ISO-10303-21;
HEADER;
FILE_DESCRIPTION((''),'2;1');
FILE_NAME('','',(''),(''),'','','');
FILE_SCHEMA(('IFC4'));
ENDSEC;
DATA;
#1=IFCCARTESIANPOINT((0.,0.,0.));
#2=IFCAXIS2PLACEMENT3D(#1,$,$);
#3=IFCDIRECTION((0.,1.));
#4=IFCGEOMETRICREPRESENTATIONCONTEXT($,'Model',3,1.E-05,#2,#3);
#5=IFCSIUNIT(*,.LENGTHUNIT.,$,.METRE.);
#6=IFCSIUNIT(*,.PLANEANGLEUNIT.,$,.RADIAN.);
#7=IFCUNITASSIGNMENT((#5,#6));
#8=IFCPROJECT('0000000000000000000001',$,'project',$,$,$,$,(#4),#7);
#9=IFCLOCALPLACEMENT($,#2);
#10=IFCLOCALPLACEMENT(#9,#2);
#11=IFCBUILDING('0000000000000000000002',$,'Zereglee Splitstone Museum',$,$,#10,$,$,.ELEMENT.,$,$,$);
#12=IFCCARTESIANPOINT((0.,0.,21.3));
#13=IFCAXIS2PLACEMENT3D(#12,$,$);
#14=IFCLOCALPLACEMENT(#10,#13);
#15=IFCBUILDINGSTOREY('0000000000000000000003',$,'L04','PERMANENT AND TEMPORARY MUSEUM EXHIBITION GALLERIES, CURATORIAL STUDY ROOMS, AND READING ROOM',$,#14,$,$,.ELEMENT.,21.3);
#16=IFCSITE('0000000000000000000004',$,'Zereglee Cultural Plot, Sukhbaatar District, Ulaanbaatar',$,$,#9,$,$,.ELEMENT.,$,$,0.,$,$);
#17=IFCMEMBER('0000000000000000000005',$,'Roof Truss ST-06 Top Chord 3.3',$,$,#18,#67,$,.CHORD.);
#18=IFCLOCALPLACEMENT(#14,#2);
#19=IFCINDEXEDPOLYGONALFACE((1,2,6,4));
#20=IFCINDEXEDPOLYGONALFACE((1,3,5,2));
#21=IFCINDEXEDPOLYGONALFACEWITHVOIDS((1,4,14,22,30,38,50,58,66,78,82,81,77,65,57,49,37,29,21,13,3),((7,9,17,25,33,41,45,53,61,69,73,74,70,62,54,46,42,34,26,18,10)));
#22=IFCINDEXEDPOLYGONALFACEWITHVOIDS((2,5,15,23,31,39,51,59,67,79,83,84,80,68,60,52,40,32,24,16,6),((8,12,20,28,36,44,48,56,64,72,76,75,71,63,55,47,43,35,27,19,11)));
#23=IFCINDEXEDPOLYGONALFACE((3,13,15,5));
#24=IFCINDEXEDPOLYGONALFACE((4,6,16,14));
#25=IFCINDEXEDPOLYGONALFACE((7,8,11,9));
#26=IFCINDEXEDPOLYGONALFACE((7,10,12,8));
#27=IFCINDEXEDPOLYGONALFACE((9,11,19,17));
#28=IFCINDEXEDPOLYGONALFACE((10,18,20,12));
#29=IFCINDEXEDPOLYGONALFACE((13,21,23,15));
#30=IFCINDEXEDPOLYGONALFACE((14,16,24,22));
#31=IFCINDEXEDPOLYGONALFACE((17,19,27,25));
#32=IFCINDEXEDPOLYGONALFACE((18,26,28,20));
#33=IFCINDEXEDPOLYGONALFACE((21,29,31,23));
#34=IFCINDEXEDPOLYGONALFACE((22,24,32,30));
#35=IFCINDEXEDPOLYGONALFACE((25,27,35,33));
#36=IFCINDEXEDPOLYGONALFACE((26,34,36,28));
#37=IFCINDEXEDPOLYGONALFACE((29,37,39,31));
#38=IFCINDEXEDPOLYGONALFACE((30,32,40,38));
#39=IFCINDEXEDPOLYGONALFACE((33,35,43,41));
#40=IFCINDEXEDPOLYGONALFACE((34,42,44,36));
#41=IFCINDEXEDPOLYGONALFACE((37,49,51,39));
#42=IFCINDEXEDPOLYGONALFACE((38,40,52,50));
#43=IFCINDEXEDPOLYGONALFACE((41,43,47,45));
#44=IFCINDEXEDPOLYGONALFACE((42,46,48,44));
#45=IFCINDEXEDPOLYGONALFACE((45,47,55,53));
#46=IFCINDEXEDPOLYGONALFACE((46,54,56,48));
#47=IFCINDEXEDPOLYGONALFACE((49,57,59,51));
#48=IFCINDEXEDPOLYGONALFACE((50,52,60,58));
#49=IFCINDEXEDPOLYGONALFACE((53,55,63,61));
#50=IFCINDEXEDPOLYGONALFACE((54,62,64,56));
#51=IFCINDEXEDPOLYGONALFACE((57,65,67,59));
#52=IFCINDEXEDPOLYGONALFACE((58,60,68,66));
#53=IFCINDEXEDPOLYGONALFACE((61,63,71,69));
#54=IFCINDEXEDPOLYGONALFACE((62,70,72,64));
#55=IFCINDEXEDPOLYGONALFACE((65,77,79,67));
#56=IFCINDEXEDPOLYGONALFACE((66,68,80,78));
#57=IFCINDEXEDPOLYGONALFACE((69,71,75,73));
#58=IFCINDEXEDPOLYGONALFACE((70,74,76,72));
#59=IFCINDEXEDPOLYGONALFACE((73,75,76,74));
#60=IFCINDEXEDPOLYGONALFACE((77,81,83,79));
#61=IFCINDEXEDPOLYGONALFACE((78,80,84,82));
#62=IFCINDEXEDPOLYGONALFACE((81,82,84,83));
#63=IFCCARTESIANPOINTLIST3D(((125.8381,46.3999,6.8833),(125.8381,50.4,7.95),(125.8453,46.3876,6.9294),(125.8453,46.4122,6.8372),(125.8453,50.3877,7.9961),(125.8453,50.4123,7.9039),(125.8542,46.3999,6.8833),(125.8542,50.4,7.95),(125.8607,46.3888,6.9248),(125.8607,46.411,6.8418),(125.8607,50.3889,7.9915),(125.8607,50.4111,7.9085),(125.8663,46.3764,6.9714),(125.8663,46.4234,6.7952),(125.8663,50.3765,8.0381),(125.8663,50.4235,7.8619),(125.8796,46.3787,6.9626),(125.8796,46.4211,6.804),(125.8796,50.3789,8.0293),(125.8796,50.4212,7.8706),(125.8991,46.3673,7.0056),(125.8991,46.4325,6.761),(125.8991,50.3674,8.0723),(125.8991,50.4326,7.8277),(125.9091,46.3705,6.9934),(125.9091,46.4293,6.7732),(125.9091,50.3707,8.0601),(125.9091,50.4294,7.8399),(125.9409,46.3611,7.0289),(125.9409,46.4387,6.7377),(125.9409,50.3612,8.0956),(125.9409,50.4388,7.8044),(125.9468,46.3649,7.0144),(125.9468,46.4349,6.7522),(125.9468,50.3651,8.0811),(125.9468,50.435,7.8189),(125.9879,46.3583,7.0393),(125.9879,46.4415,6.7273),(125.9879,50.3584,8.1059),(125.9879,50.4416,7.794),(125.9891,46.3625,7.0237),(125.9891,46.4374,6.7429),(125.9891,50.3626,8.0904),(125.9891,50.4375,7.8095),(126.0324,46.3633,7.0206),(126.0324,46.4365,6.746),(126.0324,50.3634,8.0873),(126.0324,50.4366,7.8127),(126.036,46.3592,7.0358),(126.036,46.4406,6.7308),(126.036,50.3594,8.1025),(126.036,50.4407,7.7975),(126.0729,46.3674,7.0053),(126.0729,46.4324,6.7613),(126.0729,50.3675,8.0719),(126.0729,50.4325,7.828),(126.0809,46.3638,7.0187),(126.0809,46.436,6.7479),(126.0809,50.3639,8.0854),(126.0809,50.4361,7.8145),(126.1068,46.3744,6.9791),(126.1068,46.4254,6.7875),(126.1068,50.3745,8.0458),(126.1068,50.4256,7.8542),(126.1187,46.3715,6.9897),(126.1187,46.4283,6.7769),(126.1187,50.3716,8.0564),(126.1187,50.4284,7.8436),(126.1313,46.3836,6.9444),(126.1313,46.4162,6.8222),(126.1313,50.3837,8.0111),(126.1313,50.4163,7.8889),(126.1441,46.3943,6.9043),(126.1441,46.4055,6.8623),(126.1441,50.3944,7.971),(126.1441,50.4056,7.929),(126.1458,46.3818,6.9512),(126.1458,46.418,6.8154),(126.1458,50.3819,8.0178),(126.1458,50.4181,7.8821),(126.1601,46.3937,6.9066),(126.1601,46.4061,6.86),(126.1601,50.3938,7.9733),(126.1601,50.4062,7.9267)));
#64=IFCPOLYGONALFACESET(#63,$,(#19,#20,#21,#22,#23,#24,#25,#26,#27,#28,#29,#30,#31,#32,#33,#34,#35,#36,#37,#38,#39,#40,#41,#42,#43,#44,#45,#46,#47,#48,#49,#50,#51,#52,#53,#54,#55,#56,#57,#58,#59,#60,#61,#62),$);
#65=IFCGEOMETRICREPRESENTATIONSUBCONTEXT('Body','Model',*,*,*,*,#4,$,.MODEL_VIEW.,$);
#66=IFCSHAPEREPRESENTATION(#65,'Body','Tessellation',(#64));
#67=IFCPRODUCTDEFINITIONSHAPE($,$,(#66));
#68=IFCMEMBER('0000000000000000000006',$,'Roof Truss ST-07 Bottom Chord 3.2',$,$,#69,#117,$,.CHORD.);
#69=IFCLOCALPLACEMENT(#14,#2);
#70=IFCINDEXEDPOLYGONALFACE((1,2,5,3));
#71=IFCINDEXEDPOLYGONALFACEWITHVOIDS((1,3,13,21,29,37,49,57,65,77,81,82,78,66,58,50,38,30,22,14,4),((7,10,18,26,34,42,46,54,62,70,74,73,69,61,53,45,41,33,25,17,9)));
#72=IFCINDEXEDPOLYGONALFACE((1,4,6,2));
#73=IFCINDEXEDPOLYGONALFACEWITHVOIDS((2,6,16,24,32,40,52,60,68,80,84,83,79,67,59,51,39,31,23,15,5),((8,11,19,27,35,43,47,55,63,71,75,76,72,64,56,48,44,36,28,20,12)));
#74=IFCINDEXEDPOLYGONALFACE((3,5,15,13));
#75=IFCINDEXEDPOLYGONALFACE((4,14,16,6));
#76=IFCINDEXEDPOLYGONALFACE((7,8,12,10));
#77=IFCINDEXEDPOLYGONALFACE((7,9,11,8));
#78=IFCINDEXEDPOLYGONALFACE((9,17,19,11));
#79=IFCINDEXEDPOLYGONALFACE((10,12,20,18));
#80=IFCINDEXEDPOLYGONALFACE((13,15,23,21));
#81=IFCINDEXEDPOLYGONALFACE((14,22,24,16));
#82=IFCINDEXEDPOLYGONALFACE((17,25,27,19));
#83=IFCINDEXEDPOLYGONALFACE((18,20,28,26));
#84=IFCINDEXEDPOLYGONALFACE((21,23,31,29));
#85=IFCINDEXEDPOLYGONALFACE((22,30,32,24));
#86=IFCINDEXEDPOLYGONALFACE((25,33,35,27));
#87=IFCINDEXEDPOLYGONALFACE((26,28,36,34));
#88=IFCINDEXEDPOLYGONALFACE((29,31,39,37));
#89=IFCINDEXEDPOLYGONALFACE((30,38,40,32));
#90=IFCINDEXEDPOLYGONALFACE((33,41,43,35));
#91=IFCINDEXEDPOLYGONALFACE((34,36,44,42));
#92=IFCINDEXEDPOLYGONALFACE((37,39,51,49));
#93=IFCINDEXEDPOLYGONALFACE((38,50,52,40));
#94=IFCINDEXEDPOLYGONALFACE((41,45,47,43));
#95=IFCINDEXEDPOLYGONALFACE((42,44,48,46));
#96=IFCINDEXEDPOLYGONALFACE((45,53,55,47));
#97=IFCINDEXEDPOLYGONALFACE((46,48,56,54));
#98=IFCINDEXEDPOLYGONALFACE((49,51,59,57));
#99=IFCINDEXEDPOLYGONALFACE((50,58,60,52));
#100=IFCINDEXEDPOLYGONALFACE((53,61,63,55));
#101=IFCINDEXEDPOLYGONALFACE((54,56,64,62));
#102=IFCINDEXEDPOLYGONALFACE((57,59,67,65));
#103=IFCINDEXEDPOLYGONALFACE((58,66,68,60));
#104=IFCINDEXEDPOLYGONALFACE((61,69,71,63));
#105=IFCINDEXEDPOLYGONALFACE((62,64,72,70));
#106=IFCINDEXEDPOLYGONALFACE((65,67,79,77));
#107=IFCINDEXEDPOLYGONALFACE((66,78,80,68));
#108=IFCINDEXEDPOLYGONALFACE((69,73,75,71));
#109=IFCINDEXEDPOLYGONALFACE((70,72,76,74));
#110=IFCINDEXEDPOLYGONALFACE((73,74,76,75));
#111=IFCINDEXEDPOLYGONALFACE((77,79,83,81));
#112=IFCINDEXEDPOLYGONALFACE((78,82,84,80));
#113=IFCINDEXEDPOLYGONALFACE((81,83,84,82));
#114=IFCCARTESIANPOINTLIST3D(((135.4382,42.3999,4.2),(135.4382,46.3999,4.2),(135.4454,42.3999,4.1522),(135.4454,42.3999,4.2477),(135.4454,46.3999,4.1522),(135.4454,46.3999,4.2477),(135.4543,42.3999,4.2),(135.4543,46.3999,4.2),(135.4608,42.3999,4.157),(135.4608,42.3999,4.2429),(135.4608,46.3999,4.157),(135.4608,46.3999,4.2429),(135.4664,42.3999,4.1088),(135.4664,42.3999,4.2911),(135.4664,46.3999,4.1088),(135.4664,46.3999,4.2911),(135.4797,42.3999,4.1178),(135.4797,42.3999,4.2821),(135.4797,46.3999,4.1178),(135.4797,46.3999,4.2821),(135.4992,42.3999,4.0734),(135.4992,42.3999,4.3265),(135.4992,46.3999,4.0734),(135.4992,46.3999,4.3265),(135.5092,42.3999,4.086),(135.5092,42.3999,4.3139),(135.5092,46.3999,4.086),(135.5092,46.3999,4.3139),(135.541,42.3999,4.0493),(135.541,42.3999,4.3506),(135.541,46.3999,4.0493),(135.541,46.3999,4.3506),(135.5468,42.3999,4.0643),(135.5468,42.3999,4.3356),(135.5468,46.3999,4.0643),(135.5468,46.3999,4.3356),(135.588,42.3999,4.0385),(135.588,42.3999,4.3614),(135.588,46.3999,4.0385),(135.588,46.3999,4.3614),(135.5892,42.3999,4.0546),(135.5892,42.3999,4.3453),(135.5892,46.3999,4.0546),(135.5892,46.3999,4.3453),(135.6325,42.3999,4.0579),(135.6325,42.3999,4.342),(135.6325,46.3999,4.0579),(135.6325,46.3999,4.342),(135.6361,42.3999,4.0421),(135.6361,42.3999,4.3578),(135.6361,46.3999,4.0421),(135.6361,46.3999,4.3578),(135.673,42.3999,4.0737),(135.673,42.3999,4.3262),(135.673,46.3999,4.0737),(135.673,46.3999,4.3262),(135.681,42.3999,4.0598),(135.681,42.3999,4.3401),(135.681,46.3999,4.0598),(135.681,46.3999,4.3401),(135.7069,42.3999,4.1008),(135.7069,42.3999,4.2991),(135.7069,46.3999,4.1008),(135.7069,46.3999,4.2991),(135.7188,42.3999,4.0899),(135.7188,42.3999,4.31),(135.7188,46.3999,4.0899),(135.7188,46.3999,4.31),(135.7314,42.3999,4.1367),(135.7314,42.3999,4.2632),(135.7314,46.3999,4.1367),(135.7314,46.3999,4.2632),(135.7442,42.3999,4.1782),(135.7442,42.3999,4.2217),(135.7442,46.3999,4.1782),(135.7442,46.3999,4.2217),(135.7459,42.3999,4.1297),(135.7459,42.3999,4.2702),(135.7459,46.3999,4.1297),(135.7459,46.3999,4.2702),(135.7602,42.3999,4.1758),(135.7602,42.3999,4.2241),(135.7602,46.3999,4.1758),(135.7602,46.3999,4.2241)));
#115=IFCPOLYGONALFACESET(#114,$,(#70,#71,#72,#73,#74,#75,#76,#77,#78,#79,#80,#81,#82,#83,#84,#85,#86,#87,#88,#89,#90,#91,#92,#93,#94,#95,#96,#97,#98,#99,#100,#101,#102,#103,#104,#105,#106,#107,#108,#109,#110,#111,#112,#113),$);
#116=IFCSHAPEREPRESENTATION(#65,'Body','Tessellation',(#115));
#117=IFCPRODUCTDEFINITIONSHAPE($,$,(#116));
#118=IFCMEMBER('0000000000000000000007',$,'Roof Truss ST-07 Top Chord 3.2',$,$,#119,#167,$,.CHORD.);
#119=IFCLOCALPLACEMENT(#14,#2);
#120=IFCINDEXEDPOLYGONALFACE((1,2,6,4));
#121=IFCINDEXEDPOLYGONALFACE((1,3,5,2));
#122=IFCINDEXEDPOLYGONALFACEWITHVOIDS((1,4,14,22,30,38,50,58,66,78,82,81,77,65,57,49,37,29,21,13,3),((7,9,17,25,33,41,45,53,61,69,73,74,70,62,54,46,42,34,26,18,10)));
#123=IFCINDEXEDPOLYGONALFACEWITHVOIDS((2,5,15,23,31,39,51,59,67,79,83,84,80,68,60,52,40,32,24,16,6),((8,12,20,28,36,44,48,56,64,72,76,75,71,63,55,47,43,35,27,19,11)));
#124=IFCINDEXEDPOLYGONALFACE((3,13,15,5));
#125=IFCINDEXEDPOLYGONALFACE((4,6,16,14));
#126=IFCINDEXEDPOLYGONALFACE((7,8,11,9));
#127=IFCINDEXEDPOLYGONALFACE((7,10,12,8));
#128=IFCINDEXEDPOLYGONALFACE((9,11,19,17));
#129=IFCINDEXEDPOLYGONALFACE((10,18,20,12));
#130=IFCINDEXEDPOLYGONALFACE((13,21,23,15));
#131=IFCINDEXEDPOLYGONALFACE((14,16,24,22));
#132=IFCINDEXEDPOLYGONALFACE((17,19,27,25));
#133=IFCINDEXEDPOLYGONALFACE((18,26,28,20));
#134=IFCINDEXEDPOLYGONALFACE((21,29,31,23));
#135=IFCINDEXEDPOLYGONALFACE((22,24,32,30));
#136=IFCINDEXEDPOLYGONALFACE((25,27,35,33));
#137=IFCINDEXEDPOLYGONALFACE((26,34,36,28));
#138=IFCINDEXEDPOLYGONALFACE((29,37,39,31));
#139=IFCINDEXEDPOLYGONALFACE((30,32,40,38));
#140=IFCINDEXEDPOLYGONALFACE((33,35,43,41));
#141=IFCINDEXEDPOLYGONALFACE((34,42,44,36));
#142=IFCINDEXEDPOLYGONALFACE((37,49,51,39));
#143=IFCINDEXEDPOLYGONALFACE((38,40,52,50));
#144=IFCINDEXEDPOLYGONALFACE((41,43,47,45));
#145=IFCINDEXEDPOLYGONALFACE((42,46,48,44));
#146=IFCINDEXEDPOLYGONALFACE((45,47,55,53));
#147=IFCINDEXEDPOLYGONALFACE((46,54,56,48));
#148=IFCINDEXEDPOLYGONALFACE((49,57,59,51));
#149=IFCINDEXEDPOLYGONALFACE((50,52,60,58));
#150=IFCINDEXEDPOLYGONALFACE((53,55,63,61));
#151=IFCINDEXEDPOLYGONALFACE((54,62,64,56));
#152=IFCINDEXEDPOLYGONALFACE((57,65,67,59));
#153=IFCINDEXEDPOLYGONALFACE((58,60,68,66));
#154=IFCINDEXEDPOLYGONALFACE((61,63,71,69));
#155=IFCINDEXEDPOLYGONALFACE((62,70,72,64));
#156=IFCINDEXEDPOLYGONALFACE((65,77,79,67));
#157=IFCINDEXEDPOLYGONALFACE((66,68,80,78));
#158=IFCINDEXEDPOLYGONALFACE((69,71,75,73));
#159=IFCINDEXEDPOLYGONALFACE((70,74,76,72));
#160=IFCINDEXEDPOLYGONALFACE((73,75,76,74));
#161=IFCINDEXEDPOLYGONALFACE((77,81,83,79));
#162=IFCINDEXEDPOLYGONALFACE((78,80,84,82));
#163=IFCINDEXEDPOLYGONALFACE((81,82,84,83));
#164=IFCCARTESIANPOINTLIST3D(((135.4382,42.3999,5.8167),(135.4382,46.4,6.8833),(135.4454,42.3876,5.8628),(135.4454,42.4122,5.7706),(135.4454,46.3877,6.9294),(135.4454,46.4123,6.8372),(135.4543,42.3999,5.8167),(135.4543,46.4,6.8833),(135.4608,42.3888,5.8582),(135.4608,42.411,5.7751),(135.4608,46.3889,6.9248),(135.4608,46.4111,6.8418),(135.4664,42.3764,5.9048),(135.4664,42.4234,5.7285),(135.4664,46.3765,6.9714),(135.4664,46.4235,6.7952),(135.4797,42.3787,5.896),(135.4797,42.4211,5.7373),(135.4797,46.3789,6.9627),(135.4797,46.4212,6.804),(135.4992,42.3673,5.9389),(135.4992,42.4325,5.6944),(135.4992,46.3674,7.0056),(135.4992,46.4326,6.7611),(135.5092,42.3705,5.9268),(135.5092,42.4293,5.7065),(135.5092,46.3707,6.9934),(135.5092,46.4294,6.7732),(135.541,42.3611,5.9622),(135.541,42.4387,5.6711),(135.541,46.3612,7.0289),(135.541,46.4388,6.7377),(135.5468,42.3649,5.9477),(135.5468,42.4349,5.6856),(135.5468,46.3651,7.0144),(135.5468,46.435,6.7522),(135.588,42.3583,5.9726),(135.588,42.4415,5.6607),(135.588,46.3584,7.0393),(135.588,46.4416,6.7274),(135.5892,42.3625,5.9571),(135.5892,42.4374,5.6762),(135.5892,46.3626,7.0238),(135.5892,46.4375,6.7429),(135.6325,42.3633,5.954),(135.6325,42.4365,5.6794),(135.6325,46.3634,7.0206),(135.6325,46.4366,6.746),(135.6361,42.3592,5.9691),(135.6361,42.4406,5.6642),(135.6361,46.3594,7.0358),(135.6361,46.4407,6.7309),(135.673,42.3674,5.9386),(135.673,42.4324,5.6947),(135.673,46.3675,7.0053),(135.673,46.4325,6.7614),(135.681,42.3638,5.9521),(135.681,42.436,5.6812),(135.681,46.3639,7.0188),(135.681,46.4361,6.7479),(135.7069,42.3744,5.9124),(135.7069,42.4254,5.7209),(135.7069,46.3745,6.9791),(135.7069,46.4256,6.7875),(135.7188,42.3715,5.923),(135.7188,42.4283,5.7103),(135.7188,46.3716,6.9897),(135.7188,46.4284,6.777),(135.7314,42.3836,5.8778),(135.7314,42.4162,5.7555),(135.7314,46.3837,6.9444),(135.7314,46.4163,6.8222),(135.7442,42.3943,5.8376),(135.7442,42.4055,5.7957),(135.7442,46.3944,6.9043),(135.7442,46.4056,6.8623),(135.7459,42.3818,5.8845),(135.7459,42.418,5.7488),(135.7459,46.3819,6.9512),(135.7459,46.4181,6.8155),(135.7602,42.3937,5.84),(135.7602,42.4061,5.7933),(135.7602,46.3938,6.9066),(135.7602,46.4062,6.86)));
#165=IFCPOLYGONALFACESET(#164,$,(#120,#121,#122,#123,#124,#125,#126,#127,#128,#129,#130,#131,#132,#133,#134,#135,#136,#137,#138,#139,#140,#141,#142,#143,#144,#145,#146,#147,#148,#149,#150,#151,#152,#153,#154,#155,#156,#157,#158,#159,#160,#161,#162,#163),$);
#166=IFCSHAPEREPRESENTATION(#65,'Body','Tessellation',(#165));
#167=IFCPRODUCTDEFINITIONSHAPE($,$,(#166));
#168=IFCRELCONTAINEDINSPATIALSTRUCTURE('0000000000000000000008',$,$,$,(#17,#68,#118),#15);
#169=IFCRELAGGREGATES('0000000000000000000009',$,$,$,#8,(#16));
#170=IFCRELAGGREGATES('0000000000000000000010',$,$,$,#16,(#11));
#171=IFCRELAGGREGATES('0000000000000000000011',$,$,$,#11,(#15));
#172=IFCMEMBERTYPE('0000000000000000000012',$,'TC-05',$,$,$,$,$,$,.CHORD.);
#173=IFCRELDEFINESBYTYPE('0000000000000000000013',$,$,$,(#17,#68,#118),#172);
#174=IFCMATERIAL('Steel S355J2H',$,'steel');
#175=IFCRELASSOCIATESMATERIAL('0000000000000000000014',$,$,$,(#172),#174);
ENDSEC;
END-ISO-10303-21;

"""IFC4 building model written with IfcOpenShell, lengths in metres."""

from ifc_helpers import new_model, si_unit, direction, frame, origin, origin_2d, place, context, subcontext, project, spatial, hollow_circle, extrude, material, material_profile, profile_set, type_object, element, save


model = new_model("IFC4")

# Units and contexts
model_context = context("Model", 3, precision=1e-05, world=origin(), true_north=direction((0.0, 1.0)))
body_context = subcontext(model_context, "Body", "Model", "MODEL_VIEW")
ifc_project = project(units=[si_unit("LENGTHUNIT", "METRE"), si_unit("PLANEANGLEUNIT", "RADIAN")], contexts=[model_context])

# Site, building, storey
site_placement = place(None, origin())
site = spatial("IfcSite", under=ifc_project, at=site_placement, Name="Zereglee Cultural Plot, Sukhbaatar District, Ulaanbaatar", CompositionType="ELEMENT", RefElevation=0.0)
building_placement = place(site_placement, origin())
building = spatial("IfcBuilding", under=site, at=building_placement, Name="Zereglee Splitstone Museum", CompositionType="ELEMENT")
storey_placement = place(building_placement, frame((0.0, 0.0, 21.3)))
storey = spatial("IfcBuildingStorey", under=building, at=storey_placement, Name="L04", Description="PERMANENT AND TEMPORARY MUSEUM EXHIBITION GALLERIES, CURATORIAL STUDY ROOMS, AND READING ROOM", CompositionType="ELEMENT", Elevation=21.3)

# Members
ifc_material_1 = material(Name="Steel S355J2H", Category="steel")
ifc_material_profile_1 = material_profile(ifc_material_1, hollow_circle(Radius=0.1619, WallThickness=0.0161, at=origin_2d()), Name="CHS 323.9x16")
ifc_profile_set_1 = profile_set([ifc_material_profile_1], Name="Steel S355J2H")
member_type_1 = type_object("IfcMemberType", Name="TC-05", PredefinedType="CHORD", material=ifc_profile_set_1)
for number, where, z_axis, x_axis, name in (
    (1, (126.0, 46.3999, 6.8833), (0.0, 0.966236, 0.257659), (-1.0, 0.0, 0.0), "Roof Truss ST-06 Top Chord 3.3"),
):
    element("IfcMember", number, at=place(storey_placement, frame(where, z_axis=z_axis, x_axis=x_axis)), inside=storey, type_object=member_type_1, Name=name, PredefinedType="CHORD", context=body_context, shape_type="SweptSolid", body=[
        extrude(hollow_circle(Radius=0.1619, WallThickness=0.0161, at=origin_2d()), origin(), (0.0, 0.0, 1.0), 4.1399),
    ])
member_1_placement = place(storey_placement, frame((135.6001, 42.3999, 4.2), z_axis=(0.0, 1.0, 0.0), x_axis=(-1.0, 0.0, 0.0)))
element("IfcMember", 2, at=member_1_placement, inside=storey, type_object=member_type_1, Name="Roof Truss ST-07 Bottom Chord 3.2", PredefinedType="CHORD", context=body_context, shape_type="SweptSolid", body=[
    extrude(hollow_circle(Radius=0.1619, WallThickness=0.0161, at=origin_2d()), origin(), (0.0, 0.0, 1.0), 4.0),
])
member_2_placement = place(storey_placement, frame((135.6001, 42.3999, 5.8167), z_axis=(0.0, 0.966236, 0.257659), x_axis=(-1.0, 0.0, 0.0)))
element("IfcMember", 3, at=member_2_placement, inside=storey, type_object=member_type_1, Name="Roof Truss ST-07 Top Chord 3.2", PredefinedType="CHORD", context=body_context, shape_type="SweptSolid", body=[
    extrude(hollow_circle(Radius=0.1619, WallThickness=0.0161, at=origin_2d()), origin(), (0.0, 0.0, 1.0), 4.1399),
])

save(model, "model.ifc")
